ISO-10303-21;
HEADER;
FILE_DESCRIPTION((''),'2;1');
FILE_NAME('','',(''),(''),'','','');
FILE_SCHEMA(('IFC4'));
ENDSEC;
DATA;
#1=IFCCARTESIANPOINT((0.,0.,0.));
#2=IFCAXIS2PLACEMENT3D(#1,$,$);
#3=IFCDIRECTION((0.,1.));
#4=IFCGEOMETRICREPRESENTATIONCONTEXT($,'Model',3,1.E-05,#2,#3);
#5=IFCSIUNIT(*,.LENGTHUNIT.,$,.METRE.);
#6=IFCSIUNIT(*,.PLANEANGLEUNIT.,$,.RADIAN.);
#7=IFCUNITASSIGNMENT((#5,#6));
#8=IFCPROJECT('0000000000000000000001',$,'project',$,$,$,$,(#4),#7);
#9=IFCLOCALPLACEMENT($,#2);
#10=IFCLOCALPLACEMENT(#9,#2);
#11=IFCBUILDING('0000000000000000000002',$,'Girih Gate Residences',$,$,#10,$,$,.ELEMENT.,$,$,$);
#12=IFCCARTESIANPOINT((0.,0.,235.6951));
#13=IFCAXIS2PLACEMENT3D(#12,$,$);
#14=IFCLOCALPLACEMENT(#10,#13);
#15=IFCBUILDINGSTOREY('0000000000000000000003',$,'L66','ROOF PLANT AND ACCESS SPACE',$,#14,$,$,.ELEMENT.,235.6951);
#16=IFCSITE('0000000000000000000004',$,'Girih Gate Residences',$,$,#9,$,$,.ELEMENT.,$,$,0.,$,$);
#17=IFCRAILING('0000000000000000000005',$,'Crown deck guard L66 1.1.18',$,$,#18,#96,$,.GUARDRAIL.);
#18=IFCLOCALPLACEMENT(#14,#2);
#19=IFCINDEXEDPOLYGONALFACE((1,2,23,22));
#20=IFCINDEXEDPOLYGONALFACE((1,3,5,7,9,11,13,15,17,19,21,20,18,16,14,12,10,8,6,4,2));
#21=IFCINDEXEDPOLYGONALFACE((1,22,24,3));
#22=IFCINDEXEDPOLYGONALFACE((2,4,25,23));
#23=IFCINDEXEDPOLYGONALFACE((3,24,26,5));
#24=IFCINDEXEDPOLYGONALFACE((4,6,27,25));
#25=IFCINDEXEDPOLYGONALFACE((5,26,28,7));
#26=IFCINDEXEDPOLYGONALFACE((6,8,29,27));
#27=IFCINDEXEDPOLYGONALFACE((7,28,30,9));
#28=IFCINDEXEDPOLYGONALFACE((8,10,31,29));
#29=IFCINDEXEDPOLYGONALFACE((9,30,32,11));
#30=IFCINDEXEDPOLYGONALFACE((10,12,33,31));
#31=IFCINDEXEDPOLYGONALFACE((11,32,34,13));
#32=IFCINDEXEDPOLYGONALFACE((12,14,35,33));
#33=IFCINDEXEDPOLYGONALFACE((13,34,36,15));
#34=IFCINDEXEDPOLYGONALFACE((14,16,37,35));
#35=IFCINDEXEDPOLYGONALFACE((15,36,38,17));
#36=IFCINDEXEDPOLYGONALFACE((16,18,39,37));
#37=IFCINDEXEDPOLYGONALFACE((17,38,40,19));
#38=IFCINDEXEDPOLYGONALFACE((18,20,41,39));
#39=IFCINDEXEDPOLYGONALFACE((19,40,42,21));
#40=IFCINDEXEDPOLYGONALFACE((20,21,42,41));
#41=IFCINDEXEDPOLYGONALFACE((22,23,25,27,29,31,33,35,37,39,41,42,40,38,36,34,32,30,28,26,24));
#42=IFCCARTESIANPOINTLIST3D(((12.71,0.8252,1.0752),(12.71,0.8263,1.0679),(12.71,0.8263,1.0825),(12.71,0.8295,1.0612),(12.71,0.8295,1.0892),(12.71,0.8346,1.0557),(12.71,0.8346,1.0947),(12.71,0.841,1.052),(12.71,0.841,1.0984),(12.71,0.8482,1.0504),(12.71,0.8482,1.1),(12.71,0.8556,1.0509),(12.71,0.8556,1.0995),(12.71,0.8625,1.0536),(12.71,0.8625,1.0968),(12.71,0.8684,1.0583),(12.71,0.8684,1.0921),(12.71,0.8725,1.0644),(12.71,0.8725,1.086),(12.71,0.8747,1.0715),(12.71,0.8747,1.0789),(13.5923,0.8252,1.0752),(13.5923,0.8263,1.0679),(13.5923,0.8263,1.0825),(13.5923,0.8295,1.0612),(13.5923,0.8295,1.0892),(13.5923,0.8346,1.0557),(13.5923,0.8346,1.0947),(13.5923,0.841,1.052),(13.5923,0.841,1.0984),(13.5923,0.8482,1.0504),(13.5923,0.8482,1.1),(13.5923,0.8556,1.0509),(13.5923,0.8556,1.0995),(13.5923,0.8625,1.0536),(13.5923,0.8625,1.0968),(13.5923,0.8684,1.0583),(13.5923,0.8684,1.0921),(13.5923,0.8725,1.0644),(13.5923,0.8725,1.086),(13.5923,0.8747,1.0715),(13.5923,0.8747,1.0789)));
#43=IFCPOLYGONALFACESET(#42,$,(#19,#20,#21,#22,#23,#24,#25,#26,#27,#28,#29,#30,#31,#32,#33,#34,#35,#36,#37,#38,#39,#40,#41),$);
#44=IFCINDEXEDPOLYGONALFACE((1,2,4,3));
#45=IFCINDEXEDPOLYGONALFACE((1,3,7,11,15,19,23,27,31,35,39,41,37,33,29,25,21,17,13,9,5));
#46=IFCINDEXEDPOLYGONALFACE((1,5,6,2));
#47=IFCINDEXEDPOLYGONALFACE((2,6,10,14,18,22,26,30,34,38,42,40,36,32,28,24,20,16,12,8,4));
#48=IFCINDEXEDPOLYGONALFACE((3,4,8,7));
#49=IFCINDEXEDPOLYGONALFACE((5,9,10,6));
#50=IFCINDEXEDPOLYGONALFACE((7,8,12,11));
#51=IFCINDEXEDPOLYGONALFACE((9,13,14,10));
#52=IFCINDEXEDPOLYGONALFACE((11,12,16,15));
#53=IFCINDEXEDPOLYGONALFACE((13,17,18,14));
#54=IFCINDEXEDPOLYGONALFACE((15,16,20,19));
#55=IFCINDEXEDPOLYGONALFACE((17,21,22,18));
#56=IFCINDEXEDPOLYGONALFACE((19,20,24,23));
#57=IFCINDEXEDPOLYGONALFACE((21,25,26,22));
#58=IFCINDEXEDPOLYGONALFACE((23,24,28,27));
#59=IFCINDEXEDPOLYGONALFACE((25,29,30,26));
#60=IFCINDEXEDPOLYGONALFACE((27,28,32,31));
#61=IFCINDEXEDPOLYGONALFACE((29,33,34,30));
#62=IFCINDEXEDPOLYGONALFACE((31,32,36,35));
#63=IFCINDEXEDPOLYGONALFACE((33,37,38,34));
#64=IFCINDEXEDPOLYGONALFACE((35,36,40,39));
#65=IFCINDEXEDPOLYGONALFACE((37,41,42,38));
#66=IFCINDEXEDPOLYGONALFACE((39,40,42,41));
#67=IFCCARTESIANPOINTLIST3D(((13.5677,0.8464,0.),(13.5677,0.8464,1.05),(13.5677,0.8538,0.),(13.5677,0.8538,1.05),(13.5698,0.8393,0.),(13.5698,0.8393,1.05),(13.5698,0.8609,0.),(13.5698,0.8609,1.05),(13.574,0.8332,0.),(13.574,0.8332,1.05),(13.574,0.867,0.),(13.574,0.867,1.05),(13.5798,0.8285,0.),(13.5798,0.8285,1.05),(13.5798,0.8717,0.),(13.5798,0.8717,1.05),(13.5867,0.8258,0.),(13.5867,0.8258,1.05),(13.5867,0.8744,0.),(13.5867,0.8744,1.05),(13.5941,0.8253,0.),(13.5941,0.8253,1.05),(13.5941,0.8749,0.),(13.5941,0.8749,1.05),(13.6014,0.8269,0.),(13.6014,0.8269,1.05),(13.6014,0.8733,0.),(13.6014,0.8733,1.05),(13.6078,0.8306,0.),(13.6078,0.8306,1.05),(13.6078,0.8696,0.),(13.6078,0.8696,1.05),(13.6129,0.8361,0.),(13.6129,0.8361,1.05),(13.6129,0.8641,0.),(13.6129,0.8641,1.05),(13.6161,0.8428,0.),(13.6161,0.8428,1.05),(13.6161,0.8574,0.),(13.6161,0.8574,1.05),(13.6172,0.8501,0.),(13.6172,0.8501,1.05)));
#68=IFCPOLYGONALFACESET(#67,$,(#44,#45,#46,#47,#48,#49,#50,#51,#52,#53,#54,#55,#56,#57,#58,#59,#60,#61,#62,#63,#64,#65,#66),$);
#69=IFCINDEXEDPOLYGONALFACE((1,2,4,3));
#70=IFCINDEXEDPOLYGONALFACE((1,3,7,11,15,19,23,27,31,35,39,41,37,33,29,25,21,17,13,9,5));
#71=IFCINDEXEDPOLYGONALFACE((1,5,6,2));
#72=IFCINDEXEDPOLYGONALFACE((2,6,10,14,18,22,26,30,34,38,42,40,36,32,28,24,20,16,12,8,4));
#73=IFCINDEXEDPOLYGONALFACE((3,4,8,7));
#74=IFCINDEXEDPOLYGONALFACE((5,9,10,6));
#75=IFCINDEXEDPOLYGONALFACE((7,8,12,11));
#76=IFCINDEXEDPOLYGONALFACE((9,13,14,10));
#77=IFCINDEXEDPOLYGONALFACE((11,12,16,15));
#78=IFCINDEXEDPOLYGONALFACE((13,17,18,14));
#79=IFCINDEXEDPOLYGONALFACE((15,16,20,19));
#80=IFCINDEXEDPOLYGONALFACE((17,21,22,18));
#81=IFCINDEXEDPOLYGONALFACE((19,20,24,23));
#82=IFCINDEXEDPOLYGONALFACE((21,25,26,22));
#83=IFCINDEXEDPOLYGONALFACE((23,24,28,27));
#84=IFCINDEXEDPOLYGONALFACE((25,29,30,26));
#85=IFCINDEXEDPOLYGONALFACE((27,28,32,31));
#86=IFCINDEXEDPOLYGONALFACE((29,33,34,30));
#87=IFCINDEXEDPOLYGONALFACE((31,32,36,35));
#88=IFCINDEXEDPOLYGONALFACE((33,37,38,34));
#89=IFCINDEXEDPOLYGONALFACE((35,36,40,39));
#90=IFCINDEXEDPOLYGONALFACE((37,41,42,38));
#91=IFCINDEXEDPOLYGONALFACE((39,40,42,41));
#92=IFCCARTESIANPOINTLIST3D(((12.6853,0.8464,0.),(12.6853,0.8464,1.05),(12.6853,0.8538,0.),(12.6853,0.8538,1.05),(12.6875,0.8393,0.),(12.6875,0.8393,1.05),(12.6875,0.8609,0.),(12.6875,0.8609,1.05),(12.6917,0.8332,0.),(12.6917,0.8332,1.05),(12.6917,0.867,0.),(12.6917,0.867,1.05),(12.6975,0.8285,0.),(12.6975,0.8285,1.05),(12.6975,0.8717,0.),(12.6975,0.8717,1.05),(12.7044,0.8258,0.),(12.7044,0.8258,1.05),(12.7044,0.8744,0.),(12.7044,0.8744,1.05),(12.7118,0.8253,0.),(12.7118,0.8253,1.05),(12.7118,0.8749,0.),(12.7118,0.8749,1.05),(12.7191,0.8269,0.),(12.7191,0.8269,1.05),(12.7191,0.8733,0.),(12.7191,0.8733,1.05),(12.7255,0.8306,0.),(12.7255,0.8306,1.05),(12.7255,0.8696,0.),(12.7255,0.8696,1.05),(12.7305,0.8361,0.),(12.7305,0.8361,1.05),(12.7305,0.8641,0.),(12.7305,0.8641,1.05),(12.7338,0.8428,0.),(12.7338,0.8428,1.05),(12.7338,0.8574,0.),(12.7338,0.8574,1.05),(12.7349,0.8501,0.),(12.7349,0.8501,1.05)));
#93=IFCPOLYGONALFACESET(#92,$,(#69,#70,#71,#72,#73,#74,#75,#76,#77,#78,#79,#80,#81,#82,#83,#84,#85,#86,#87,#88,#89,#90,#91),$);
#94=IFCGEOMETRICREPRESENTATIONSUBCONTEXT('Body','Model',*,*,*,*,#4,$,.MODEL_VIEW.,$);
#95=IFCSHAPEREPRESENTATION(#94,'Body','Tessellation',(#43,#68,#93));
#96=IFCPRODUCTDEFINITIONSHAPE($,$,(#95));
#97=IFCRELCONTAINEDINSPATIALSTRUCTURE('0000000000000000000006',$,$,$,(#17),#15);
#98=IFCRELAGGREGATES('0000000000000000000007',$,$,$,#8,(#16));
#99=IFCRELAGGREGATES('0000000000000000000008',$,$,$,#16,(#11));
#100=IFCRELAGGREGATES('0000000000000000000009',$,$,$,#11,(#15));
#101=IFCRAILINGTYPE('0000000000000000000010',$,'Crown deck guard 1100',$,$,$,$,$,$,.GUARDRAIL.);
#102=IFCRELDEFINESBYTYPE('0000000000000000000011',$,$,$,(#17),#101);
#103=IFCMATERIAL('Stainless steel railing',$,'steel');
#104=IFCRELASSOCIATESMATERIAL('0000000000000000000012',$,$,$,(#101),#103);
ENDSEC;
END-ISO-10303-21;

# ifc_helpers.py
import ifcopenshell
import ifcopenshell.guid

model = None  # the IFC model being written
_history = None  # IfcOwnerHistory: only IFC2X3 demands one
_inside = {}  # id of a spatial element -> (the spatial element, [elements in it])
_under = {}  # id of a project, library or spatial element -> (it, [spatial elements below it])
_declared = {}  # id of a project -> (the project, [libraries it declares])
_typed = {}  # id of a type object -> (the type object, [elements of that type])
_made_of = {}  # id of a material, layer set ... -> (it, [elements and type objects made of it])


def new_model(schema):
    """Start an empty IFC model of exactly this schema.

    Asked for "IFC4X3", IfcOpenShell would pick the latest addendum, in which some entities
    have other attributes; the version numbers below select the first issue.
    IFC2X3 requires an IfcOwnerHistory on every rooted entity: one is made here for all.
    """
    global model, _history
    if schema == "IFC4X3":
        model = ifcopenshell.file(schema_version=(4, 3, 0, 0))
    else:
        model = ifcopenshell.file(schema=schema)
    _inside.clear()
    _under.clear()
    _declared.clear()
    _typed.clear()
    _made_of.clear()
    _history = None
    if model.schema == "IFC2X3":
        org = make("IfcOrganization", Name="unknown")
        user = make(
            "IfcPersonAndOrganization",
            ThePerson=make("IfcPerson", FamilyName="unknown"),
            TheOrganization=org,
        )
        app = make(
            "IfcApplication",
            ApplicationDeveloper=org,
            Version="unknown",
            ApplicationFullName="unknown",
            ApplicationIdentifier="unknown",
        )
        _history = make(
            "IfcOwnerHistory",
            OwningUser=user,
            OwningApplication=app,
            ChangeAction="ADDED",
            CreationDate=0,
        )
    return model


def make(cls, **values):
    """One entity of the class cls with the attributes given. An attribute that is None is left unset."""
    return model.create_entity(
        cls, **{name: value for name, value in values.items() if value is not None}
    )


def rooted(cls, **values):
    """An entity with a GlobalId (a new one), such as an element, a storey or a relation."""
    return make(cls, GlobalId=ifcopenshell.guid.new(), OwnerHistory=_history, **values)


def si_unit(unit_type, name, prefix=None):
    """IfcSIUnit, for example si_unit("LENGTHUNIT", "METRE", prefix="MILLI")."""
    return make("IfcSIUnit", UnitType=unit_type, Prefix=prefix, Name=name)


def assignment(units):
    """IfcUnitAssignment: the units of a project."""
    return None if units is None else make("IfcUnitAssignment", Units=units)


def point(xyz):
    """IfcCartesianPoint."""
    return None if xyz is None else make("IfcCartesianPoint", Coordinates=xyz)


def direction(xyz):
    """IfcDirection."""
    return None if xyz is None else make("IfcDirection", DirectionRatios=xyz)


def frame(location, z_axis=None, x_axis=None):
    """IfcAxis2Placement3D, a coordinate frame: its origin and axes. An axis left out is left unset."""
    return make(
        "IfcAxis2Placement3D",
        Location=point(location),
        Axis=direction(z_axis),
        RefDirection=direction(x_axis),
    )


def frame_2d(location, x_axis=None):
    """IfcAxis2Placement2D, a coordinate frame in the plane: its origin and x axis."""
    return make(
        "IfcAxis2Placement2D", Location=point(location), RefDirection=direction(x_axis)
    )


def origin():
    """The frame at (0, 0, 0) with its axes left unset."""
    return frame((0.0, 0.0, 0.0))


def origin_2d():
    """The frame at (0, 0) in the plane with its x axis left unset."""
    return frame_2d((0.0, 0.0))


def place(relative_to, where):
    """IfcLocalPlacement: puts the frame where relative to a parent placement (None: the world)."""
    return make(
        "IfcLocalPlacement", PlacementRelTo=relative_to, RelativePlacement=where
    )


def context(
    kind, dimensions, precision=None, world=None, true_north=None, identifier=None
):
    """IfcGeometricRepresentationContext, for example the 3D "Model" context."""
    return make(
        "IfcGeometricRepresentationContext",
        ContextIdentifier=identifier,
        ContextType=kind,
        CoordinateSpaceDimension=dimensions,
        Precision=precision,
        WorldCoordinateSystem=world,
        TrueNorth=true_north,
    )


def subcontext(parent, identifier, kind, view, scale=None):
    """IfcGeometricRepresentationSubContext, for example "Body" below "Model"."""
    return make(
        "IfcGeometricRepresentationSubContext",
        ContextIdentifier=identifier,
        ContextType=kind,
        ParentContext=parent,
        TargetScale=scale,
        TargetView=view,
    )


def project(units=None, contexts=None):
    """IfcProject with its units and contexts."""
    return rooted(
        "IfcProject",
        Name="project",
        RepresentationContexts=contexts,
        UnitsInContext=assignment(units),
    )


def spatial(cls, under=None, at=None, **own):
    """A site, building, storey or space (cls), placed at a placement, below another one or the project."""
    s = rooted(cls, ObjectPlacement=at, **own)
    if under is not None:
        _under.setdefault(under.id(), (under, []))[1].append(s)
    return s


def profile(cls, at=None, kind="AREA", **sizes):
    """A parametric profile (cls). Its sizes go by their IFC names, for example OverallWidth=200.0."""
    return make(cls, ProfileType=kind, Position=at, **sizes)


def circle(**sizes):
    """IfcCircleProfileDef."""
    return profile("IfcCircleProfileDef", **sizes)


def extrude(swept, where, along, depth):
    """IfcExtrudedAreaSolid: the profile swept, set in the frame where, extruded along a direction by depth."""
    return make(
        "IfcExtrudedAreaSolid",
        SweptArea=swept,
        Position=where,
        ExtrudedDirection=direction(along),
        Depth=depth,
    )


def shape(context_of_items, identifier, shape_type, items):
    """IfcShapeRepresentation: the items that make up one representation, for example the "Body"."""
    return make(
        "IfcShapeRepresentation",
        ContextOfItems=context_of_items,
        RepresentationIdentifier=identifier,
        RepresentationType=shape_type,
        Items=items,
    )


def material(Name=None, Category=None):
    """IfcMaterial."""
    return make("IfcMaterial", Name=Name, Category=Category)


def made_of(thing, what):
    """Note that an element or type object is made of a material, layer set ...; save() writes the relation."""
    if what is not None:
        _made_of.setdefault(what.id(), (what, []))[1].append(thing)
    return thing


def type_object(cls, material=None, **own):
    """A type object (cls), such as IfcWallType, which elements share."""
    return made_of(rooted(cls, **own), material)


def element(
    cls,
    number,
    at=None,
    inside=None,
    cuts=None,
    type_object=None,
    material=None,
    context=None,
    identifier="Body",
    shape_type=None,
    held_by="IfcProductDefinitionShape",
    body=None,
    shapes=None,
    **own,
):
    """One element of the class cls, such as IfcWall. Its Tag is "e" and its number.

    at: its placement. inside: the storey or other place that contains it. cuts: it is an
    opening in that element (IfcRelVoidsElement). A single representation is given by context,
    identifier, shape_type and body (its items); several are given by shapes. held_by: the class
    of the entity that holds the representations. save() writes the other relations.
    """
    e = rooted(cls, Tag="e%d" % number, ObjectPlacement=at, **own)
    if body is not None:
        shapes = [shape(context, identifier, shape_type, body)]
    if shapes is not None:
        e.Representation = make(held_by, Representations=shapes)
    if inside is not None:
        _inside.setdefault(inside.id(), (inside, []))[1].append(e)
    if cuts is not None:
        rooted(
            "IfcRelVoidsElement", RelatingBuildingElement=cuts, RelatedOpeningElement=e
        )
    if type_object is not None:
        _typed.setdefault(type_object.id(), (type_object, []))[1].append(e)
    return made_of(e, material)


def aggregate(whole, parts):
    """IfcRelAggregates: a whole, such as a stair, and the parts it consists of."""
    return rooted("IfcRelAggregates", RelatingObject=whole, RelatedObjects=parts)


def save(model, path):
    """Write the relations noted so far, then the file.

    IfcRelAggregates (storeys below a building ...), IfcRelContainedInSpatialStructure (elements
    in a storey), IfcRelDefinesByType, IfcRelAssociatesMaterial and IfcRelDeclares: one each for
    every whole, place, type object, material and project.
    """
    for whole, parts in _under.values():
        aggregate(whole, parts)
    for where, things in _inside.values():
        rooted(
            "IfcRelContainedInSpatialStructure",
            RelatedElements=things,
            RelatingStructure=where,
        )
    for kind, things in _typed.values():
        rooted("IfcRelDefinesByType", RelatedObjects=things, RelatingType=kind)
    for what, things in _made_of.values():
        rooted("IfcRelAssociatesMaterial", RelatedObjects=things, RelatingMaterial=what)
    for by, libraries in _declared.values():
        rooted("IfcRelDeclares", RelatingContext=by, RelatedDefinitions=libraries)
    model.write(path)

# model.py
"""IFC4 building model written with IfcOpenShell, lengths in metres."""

from ifc_helpers import new_model, si_unit, direction, frame, origin, origin_2d, place, context, subcontext, project, spatial, circle, extrude, material, type_object, element, save


model = new_model("IFC4")

# Units and contexts
model_context = context("Model", 3, precision=1e-05, world=origin(), true_north=direction((0.0, 1.0)))
body_context = subcontext(model_context, "Body", "Model", "MODEL_VIEW")
ifc_project = project(units=[si_unit("LENGTHUNIT", "METRE"), si_unit("PLANEANGLEUNIT", "RADIAN")], contexts=[model_context])

# Site, building, storey
site_placement = place(None, origin())
site = spatial("IfcSite", under=ifc_project, at=site_placement, Name="Girih Gate Residences", CompositionType="ELEMENT", RefElevation=0.0)
building_placement = place(site_placement, origin())
building = spatial("IfcBuilding", under=site, at=building_placement, Name="Girih Gate Residences", CompositionType="ELEMENT")
storey_placement = place(building_placement, frame((0.0, 0.0, 235.6951)))
storey = spatial("IfcBuildingStorey", under=building, at=storey_placement, Name="L66", Description="ROOF PLANT AND ACCESS SPACE", CompositionType="ELEMENT", Elevation=235.6951)

# Railing
ifc_material_1 = material(Name="Stainless steel railing", Category="steel")
railing_type = type_object("IfcRailingType", Name="Crown deck guard 1100", PredefinedType="GUARDRAIL", material=ifc_material_1)
railing_1_placement = place(storey_placement, frame((13.5923, 0.8501, 0.0)))
element("IfcRailing", 1, at=railing_1_placement, inside=storey, type_object=railing_type, Name="Crown deck guard L66 1.1.18", PredefinedType="GUARDRAIL", context=body_context, shape_type="SweptSolid", body=[
    extrude(circle(Radius=0.0249, at=origin_2d()), frame((0.0, 0.0, 1.0752), z_axis=(-1.0, 0.0, 0.0), x_axis=(0.0, -1.0, 0.0)), (0.0, 0.0, 1.0), 0.8823),
    extrude(circle(Radius=0.0249, at=origin_2d()), origin(), (0.0, 0.0, 1.0), 1.05),
    extrude(circle(Radius=0.0249, at=origin_2d()), frame((-0.8823, 0.0, 0.0)), (0.0, 0.0, 1.0), 1.05),
])

save(model, "model.ifc")
